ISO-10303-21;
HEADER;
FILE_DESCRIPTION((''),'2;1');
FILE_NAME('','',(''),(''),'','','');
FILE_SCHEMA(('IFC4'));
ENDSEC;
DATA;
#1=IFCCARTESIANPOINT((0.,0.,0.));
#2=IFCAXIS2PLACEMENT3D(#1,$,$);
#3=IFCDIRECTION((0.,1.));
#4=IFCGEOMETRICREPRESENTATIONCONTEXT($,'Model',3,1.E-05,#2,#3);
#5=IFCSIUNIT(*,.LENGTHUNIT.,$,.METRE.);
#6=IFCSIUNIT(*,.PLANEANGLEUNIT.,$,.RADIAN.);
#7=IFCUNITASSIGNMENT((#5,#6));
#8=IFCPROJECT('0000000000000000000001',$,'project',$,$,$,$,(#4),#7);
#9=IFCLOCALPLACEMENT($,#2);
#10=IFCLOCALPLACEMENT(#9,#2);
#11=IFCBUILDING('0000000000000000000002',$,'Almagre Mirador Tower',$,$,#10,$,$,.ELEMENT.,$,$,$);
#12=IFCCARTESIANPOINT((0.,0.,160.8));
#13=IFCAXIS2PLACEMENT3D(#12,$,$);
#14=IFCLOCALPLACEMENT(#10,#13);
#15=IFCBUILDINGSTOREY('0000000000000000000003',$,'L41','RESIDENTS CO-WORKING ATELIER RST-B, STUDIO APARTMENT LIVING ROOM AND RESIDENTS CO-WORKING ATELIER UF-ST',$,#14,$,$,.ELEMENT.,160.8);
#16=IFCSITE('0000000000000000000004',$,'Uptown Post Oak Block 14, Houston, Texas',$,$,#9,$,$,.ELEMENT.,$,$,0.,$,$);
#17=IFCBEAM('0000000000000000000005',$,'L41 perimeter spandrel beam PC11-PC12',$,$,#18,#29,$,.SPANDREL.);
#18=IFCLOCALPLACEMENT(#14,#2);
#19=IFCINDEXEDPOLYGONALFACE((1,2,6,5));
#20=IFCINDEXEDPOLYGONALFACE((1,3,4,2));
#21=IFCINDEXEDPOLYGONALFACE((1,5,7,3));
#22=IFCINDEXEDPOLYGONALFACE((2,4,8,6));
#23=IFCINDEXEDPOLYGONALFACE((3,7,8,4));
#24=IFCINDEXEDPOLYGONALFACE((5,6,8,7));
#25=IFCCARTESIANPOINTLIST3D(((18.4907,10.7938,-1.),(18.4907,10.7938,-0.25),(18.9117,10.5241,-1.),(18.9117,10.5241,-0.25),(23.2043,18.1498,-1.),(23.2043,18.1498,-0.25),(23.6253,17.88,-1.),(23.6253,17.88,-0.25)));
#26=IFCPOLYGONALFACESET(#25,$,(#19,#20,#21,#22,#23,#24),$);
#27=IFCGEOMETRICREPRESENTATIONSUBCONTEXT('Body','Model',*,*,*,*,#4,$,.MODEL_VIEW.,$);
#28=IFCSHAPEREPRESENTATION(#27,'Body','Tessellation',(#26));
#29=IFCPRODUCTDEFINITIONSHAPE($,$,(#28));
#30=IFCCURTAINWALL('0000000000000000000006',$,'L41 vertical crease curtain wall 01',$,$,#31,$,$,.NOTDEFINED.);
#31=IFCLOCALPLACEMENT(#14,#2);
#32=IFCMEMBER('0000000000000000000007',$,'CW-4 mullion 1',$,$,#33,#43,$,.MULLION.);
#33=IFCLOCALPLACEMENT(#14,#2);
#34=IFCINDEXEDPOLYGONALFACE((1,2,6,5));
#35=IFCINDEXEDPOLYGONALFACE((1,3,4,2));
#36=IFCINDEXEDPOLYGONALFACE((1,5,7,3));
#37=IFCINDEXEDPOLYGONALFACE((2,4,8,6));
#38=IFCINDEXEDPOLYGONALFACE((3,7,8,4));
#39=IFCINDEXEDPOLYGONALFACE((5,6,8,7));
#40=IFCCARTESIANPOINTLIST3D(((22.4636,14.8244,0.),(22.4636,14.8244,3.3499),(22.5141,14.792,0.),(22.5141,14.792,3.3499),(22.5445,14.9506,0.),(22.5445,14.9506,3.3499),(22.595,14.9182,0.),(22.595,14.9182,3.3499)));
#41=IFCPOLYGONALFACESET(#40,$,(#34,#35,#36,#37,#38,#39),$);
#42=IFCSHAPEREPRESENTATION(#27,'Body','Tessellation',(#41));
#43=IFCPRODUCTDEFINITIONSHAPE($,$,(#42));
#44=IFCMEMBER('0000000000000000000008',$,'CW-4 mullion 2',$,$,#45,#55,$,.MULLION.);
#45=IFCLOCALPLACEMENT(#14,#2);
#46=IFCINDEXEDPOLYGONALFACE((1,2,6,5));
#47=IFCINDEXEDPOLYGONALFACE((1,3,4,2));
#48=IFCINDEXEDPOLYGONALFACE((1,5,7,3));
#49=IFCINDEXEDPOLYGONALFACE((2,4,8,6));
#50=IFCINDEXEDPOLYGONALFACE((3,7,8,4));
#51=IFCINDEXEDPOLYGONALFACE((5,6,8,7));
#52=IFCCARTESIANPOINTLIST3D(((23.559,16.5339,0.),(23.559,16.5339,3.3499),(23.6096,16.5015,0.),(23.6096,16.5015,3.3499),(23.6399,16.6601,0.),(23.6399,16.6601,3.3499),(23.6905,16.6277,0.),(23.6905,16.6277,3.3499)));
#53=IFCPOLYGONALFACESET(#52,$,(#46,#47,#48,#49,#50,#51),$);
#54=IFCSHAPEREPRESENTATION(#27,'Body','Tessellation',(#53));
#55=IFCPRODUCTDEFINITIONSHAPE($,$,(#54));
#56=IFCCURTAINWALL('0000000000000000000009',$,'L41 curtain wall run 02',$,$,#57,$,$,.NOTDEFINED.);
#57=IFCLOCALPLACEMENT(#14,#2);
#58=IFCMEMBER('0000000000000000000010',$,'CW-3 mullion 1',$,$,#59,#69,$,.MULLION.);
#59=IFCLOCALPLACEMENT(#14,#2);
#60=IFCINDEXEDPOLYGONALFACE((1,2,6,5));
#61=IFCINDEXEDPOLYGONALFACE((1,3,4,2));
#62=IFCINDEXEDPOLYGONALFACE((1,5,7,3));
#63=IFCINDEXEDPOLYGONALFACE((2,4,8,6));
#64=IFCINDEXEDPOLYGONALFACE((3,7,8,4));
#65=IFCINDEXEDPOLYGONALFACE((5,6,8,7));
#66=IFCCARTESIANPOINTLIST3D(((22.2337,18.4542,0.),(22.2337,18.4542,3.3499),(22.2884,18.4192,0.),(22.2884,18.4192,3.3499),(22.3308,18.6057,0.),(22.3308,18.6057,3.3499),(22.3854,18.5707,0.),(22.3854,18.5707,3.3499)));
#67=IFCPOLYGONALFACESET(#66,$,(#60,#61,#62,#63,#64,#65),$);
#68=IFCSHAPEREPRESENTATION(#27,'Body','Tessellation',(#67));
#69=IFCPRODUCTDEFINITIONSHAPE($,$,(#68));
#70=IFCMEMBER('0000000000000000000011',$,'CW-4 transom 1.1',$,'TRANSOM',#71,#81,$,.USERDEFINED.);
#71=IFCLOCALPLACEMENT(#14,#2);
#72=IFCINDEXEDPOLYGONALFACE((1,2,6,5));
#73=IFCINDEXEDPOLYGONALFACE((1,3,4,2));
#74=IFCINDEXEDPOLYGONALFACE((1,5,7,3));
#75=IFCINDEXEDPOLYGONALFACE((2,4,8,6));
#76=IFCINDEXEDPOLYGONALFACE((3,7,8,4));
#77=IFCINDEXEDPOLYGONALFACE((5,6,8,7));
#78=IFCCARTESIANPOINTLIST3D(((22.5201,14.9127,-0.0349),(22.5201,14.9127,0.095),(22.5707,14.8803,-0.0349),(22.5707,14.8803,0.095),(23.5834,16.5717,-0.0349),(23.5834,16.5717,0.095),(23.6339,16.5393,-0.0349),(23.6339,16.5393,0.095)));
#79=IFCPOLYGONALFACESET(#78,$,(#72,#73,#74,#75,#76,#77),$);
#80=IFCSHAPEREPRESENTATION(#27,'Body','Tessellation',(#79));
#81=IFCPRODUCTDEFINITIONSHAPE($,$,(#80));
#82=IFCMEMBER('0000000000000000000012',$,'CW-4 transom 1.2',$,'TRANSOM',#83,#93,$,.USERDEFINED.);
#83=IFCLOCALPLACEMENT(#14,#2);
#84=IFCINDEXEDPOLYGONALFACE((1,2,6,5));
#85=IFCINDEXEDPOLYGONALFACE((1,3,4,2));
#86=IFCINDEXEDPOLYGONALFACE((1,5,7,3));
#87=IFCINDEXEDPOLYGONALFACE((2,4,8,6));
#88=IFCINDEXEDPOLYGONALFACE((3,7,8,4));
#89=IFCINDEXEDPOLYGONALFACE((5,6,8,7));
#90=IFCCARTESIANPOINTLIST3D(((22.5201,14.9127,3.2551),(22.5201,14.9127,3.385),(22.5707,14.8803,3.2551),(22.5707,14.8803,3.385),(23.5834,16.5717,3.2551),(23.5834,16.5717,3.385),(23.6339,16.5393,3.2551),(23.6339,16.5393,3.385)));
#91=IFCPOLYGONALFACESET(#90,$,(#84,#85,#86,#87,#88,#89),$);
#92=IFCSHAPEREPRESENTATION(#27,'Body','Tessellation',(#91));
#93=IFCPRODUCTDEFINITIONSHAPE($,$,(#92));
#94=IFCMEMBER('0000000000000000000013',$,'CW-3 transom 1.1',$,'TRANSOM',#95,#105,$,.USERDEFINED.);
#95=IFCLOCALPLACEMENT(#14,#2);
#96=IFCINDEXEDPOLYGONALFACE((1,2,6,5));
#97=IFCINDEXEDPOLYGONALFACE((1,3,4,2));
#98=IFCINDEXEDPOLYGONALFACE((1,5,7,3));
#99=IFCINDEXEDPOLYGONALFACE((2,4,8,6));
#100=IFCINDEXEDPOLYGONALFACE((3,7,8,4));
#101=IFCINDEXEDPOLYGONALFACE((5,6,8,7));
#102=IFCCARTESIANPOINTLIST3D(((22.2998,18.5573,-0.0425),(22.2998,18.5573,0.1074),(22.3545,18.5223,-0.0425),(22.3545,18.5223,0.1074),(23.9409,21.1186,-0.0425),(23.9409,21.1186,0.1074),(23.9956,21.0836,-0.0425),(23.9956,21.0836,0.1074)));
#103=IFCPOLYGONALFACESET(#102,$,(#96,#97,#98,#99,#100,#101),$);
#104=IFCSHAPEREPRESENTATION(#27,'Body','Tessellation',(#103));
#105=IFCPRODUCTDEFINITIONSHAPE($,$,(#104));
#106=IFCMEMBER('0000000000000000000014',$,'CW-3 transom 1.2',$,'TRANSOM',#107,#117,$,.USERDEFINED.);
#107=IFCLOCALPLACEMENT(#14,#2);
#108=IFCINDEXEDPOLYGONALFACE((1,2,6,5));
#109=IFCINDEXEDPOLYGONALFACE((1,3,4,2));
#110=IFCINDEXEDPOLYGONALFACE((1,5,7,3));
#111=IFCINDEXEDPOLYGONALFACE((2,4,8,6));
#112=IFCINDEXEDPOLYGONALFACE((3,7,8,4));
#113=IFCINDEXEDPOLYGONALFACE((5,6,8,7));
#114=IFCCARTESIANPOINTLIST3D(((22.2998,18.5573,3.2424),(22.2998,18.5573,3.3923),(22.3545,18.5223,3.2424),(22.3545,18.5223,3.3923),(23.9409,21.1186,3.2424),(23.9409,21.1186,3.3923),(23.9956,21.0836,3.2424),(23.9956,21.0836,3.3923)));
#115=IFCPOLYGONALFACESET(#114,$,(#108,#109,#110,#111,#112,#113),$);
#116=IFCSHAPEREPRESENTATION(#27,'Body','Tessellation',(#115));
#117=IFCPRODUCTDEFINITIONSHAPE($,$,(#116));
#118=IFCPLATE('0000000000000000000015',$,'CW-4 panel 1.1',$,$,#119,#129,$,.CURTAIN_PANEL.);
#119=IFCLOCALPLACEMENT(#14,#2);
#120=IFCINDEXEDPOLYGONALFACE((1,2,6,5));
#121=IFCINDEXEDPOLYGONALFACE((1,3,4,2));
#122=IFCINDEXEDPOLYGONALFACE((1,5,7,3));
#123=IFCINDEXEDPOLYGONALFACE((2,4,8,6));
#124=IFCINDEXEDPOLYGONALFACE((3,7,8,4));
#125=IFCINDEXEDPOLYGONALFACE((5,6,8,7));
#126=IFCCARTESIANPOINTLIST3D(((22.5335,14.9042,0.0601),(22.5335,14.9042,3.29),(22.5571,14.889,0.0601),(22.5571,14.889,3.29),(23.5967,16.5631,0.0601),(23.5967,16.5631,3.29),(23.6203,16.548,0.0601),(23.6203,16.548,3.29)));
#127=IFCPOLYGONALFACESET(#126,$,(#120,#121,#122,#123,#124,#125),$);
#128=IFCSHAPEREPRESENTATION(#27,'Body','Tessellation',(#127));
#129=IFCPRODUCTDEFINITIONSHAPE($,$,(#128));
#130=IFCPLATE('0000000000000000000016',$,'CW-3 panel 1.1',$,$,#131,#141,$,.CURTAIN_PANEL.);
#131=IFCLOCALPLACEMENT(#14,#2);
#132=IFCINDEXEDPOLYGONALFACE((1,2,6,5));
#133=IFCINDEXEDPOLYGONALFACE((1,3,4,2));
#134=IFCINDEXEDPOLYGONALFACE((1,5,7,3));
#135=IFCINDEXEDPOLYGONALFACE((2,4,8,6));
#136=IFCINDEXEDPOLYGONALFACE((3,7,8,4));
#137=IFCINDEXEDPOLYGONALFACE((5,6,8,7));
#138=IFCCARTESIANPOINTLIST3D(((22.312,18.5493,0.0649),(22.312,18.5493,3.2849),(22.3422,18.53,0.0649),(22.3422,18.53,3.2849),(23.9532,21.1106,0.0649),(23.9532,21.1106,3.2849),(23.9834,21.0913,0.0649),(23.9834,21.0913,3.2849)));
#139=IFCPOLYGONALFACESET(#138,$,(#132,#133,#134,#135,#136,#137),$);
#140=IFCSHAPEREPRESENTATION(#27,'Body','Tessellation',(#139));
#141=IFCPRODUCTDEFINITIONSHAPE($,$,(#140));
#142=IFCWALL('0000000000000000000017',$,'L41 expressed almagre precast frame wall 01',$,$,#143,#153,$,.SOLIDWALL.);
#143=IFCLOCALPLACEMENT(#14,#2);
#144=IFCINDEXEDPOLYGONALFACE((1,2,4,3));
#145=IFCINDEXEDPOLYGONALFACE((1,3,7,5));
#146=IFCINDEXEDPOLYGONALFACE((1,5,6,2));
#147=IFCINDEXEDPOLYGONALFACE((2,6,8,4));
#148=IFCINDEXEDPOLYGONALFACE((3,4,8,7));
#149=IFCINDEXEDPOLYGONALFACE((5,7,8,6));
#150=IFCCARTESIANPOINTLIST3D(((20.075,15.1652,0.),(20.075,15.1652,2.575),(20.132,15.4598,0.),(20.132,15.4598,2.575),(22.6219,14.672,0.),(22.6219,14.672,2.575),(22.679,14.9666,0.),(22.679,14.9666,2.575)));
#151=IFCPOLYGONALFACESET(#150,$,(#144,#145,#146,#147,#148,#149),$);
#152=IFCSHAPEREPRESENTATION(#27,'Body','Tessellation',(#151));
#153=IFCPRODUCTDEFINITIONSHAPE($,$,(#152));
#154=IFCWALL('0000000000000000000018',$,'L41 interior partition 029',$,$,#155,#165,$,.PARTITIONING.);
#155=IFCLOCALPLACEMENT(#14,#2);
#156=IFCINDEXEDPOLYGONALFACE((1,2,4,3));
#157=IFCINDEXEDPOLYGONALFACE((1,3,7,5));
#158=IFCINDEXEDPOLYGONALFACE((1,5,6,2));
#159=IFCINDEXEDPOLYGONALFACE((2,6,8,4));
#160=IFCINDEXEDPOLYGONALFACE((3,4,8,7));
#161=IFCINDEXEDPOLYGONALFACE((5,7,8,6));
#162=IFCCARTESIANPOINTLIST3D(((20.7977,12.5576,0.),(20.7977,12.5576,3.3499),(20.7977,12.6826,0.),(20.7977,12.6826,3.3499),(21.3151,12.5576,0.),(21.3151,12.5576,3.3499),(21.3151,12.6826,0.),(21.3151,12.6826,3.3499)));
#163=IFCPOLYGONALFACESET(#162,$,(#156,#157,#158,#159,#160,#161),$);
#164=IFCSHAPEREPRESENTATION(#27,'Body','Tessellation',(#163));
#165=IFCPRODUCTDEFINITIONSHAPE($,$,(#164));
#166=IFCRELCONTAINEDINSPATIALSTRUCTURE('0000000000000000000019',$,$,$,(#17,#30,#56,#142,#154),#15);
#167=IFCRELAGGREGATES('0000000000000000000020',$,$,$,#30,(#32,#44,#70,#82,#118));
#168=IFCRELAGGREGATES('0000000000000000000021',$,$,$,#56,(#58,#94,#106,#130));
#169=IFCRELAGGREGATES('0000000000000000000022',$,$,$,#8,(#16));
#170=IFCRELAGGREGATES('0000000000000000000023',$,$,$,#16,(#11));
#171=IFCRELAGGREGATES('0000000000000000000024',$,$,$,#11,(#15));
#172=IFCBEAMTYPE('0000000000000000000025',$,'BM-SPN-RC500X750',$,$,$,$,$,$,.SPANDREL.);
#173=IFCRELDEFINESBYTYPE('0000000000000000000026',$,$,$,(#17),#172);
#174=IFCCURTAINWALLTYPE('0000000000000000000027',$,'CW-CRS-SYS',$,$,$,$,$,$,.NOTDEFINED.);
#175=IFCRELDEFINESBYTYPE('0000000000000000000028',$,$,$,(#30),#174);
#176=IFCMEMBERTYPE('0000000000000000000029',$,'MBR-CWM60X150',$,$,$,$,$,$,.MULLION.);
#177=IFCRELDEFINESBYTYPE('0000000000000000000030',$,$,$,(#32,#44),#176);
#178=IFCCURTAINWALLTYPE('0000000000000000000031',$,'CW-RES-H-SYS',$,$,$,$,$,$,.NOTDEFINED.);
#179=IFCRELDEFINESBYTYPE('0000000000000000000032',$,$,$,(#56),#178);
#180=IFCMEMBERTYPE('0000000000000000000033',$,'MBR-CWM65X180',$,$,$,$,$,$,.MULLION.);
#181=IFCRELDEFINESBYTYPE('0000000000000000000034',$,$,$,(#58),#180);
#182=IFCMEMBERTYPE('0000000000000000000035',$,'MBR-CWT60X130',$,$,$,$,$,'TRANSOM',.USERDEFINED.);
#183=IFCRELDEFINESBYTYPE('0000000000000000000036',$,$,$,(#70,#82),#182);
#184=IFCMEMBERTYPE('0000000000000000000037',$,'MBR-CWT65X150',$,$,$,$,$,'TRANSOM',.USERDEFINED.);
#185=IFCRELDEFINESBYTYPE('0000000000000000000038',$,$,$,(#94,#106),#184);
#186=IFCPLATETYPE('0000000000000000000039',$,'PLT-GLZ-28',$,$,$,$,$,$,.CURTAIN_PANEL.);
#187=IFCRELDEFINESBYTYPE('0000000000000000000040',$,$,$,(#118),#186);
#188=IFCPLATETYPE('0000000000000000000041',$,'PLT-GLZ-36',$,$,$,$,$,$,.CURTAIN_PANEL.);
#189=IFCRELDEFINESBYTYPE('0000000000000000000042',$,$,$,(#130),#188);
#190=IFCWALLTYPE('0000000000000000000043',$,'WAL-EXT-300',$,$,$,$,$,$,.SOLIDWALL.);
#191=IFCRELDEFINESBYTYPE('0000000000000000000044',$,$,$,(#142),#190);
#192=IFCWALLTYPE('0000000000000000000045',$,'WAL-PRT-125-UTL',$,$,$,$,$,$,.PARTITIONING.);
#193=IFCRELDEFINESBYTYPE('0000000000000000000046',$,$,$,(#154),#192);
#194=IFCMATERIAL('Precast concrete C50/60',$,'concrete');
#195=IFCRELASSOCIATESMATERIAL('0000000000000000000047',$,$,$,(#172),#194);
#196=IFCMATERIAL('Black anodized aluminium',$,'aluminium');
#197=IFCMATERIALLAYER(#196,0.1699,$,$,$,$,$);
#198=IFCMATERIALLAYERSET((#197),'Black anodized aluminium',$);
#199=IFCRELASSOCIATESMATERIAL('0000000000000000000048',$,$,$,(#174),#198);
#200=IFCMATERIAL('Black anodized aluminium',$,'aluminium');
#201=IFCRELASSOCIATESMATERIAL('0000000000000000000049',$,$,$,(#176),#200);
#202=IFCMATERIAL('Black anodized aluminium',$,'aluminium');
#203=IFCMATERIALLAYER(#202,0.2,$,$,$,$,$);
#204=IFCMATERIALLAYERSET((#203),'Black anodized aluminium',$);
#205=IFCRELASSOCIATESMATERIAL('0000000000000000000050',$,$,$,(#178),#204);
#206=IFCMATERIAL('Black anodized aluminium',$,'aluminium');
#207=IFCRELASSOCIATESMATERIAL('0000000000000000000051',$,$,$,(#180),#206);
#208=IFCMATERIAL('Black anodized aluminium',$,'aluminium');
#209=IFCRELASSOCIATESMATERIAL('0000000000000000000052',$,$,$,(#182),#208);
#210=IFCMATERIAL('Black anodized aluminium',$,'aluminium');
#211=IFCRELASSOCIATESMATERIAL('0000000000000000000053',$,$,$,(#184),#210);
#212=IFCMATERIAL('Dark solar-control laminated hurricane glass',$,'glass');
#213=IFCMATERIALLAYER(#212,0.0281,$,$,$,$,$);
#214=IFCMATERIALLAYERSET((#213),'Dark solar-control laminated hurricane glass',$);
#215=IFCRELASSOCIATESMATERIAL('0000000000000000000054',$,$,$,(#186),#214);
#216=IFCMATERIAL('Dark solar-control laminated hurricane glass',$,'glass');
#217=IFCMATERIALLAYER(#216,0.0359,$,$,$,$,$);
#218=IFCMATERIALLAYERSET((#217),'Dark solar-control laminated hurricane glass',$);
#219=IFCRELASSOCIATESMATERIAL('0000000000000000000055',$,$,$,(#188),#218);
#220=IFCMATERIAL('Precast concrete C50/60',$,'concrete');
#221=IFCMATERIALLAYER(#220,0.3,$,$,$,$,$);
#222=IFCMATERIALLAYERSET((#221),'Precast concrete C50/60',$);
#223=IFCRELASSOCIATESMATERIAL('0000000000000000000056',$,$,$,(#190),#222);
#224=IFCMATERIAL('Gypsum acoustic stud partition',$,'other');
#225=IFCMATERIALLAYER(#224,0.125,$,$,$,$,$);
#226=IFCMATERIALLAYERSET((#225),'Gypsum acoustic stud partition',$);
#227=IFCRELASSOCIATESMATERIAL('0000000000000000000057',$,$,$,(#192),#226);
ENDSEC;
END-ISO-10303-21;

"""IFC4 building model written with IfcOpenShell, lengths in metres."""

from ifc_helpers import new_model, si_unit, direction, frame, frame_2d, origin, origin_2d, place, context, subcontext, project, spatial, rectangle, extrude, material, layer, layer_set, material_profile, profile_set, type_object, element, aggregate, save


model = new_model("IFC4")

# Units and contexts
model_context = context("Model", 3, precision=1e-05, world=origin(), true_north=direction((0.0, 1.0)))
body_context = subcontext(model_context, "Body", "Model", "MODEL_VIEW")
ifc_project = project(units=[si_unit("LENGTHUNIT", "METRE"), si_unit("PLANEANGLEUNIT", "RADIAN")], contexts=[model_context])

# Site, building, storey
site_placement = place(None, origin())
site = spatial("IfcSite", under=ifc_project, at=site_placement, Name="Uptown Post Oak Block 14, Houston, Texas", CompositionType="ELEMENT", RefElevation=0.0)
building_placement = place(site_placement, origin())
building = spatial("IfcBuilding", under=site, at=building_placement, Name="Almagre Mirador Tower", CompositionType="ELEMENT")
storey_placement = place(building_placement, frame((0.0, 0.0, 160.8)))
storey = spatial("IfcBuildingStorey", under=building, at=storey_placement, Name="L41", Description="RESIDENTS CO-WORKING ATELIER RST-B, STUDIO APARTMENT LIVING ROOM AND RESIDENTS CO-WORKING ATELIER UF-ST", CompositionType="ELEMENT", Elevation=160.8)

# Beam
ifc_material_1 = material(Name="Precast concrete C50/60", Category="concrete")
ifc_material_profile_1 = material_profile(ifc_material_1, rectangle(XDim=0.5, YDim=0.75, at=origin_2d()), Name="RC500X750")
ifc_profile_set_1 = profile_set([ifc_material_profile_1], Name="Precast concrete C50/60")
beam_type = type_object("IfcBeamType", Name="BM-SPN-RC500X750", PredefinedType="SPANDREL", material=ifc_profile_set_1)
beam_placement = place(storey_placement, frame((23.4148, 18.0149, -0.625), z_axis=(-0.539525, -0.841969, 0.0), x_axis=(0.841969, -0.539525, 0.0)))
element("IfcBeam", 1, at=beam_placement, inside=storey, type_object=beam_type, Name="L41 perimeter spandrel beam PC11-PC12", PredefinedType="SPANDREL", context=body_context, shape_type="SweptSolid", body=[
    extrude(rectangle(XDim=0.5, YDim=0.75, at=origin_2d()), origin(), (0.0, 0.0, 1.0), 8.7366),
])

# Curtain wall, members
ifc_material_2 = material(Name="Black anodized aluminium", Category="aluminium")
ifc_layer_1 = layer(ifc_material_2, 0.1699)
ifc_layer_set_1 = layer_set([ifc_layer_1], Name="Black anodized aluminium")
curtain_wall_type_1 = type_object("IfcCurtainWallType", Name="CW-CRS-SYS", PredefinedType="NOTDEFINED", material=ifc_layer_set_1)
curtain_wall_1_placement = place(storey_placement, origin())
curtain_wall_1 = element("IfcCurtainWall", 2, at=curtain_wall_1_placement, inside=storey, type_object=curtain_wall_type_1, Name="L41 vertical crease curtain wall 01", PredefinedType="NOTDEFINED")
ifc_material_3 = material(Name="Black anodized aluminium", Category="aluminium")
ifc_material_profile_2 = material_profile(ifc_material_3, rectangle(XDim=0.0601, YDim=0.1499, at=origin_2d()), Name="CWM60X150")
ifc_profile_set_2 = profile_set([ifc_material_profile_2], Name="Black anodized aluminium")
member_type_1 = type_object("IfcMemberType", Name="MBR-CWM60X150", PredefinedType="MULLION", material=ifc_profile_set_2)
member_1_placement = place(storey_placement, frame((22.5293, 14.8713, 0.0), z_axis=(0.0, 0.0, 1.0), x_axis=(-0.841924, 0.539597, 0.0)))
member_1 = element("IfcMember", 3, at=member_1_placement, type_object=member_type_1, Name="CW-4 mullion 1", PredefinedType="MULLION", context=body_context, shape_type="SweptSolid", body=[
    extrude(rectangle(XDim=0.0601, YDim=0.1499, at=origin_2d()), origin(), (0.0, 0.0, 1.0), 3.3499),
])
member_2_placement = place(storey_placement, frame((23.6248, 16.5808, 0.0), z_axis=(0.0, 0.0, 1.0), x_axis=(-0.841924, 0.539597, 0.0)))
member_2 = element("IfcMember", 4, at=member_2_placement, type_object=member_type_1, Name="CW-4 mullion 2", PredefinedType="MULLION", context=body_context, shape_type="SweptSolid", body=[
    extrude(rectangle(XDim=0.0601, YDim=0.1499, at=origin_2d()), origin(), (0.0, 0.0, 1.0), 3.3499),
])

# Curtain wall, member
ifc_material_4 = material(Name="Black anodized aluminium", Category="aluminium")
ifc_layer_2 = layer(ifc_material_4, 0.2)
ifc_layer_set_2 = layer_set([ifc_layer_2], Name="Black anodized aluminium")
curtain_wall_type_2 = type_object("IfcCurtainWallType", Name="CW-RES-H-SYS", PredefinedType="NOTDEFINED", material=ifc_layer_set_2)
curtain_wall_2_placement = place(storey_placement, origin())
curtain_wall_2 = element("IfcCurtainWall", 5, at=curtain_wall_2_placement, inside=storey, type_object=curtain_wall_type_2, Name="L41 curtain wall run 02", PredefinedType="NOTDEFINED")
ifc_material_5 = material(Name="Black anodized aluminium", Category="aluminium")
ifc_material_profile_3 = material_profile(ifc_material_5, rectangle(XDim=0.0649, YDim=0.1799, at=origin_2d()), Name="CWM65X180")
ifc_profile_set_3 = profile_set([ifc_material_profile_3], Name="Black anodized aluminium")
member_type_2 = type_object("IfcMemberType", Name="MBR-CWM65X180", PredefinedType="MULLION", material=ifc_profile_set_3)
member_3_placement = place(storey_placement, frame((22.3096, 18.5125, 0.0), z_axis=(0.0, 0.0, 1.0), x_axis=(-0.841981, 0.539507, 0.0)))
member_3 = element("IfcMember", 6, at=member_3_placement, type_object=member_type_2, Name="CW-3 mullion 1", PredefinedType="MULLION", context=body_context, shape_type="SweptSolid", body=[
    extrude(rectangle(XDim=0.0649, YDim=0.1799, at=origin_2d()), origin(), (0.0, 0.0, 1.0), 3.3499),
])

# Members
ifc_material_6 = material(Name="Black anodized aluminium", Category="aluminium")
ifc_material_profile_4 = material_profile(ifc_material_6, rectangle(XDim=0.0601, YDim=0.1299, at=origin_2d()), Name="CWT60X130")
ifc_profile_set_4 = profile_set([ifc_material_profile_4], Name="Black anodized aluminium")
member_type_3 = type_object("IfcMemberType", Name="MBR-CWT60X130", ElementType="TRANSOM", PredefinedType="USERDEFINED", material=ifc_profile_set_4)
member_4_placement = place(storey_placement, frame((22.5454, 14.8965, 0.03), z_axis=(0.539599, 0.841922, 0.0), x_axis=(-0.841922, 0.539599, 0.0)))
member_4 = element("IfcMember", 7, at=member_4_placement, type_object=member_type_3, Name="CW-4 transom 1.1", ObjectType="TRANSOM", PredefinedType="USERDEFINED", context=body_context, shape_type="SweptSolid", body=[
    extrude(rectangle(XDim=0.0601, YDim=0.1299, at=origin_2d()), origin(), (0.0, 0.0, 1.0), 1.9705),
])
member_5_placement = place(storey_placement, frame((22.5454, 14.8965, 3.3201), z_axis=(0.539599, 0.841922, 0.0), x_axis=(-0.841922, 0.539599, 0.0)))
member_5 = element("IfcMember", 8, at=member_5_placement, type_object=member_type_3, Name="CW-4 transom 1.2", ObjectType="TRANSOM", PredefinedType="USERDEFINED", context=body_context, shape_type="SweptSolid", body=[
    extrude(rectangle(XDim=0.0601, YDim=0.1299, at=origin_2d()), origin(), (0.0, 0.0, 1.0), 1.9705),
])
ifc_material_7 = material(Name="Black anodized aluminium", Category="aluminium")
ifc_material_profile_5 = material_profile(ifc_material_7, rectangle(XDim=0.0649, YDim=0.1499, at=origin_2d()), Name="CWT65X150")
ifc_profile_set_5 = profile_set([ifc_material_profile_5], Name="Black anodized aluminium")
member_type_4 = type_object("IfcMemberType", Name="MBR-CWT65X150", ElementType="TRANSOM", PredefinedType="USERDEFINED", material=ifc_profile_set_5)
member_6_placement = place(storey_placement, frame((22.3271, 18.5398, 0.0325), z_axis=(0.539495, 0.841989, 0.0), x_axis=(-0.841989, 0.539495, 0.0)))
member_6 = element("IfcMember", 9, at=member_6_placement, type_object=member_type_4, Name="CW-3 transom 1.1", ObjectType="TRANSOM", PredefinedType="USERDEFINED", context=body_context, shape_type="SweptSolid", body=[
    extrude(rectangle(XDim=0.0649, YDim=0.1499, at=origin_2d()), origin(), (0.0, 0.0, 1.0), 3.042),
])
member_7_placement = place(storey_placement, frame((22.3271, 18.5398, 3.3174), z_axis=(0.539495, 0.841989, 0.0), x_axis=(-0.841989, 0.539495, 0.0)))
member_7 = element("IfcMember", 10, at=member_7_placement, type_object=member_type_4, Name="CW-3 transom 1.2", ObjectType="TRANSOM", PredefinedType="USERDEFINED", context=body_context, shape_type="SweptSolid", body=[
    extrude(rectangle(XDim=0.0649, YDim=0.1499, at=origin_2d()), origin(), (0.0, 0.0, 1.0), 3.042),
])

# Plates
ifc_material_8 = material(Name="Dark solar-control laminated hurricane glass", Category="glass")
ifc_layer_3 = layer(ifc_material_8, 0.0281)
ifc_layer_set_3 = layer_set([ifc_layer_3], Name="Dark solar-control laminated hurricane glass")
plate_type_1 = type_object("IfcPlateType", Name="PLT-GLZ-28", PredefinedType="CURTAIN_PANEL", material=ifc_layer_set_3)
plate_1_placement = place(storey_placement, frame((23.0769, 15.7261, 0.0601), z_axis=(0.0, 0.0, 1.0), x_axis=(0.539597, 0.841924, 0.0)))
plate_1 = element("IfcPlate", 11, at=plate_1_placement, type_object=plate_type_1, Name="CW-4 panel 1.1", PredefinedType="CURTAIN_PANEL", context=body_context, shape_type="SweptSolid", body=[
    extrude(rectangle(XDim=1.9705, YDim=0.0281, at=origin_2d()), origin(), (0.0, 0.0, 1.0), 3.23),
])
aggregate(curtain_wall_1, [member_1, member_2, member_4, member_5, plate_1])
ifc_material_9 = material(Name="Dark solar-control laminated hurricane glass", Category="glass")
ifc_layer_4 = layer(ifc_material_9, 0.0359)
ifc_layer_set_4 = layer_set([ifc_layer_4], Name="Dark solar-control laminated hurricane glass")
plate_type_2 = type_object("IfcPlateType", Name="PLT-GLZ-36", PredefinedType="CURTAIN_PANEL", material=ifc_layer_set_4)
plate_2_placement = place(storey_placement, frame((23.1477, 19.8203, 0.0649), z_axis=(0.0, 0.0, 1.0), x_axis=(0.539507, 0.841981, 0.0)))
plate_2 = element("IfcPlate", 12, at=plate_2_placement, type_object=plate_type_2, Name="CW-3 panel 1.1", PredefinedType="CURTAIN_PANEL", context=body_context, shape_type="SweptSolid", body=[
    extrude(rectangle(XDim=3.042, YDim=0.0359, at=origin_2d()), origin(), (0.0, 0.0, 1.0), 3.22),
])
aggregate(curtain_wall_2, [member_3, member_6, member_7, plate_2])

# Walls
ifc_material_10 = material(Name="Precast concrete C50/60", Category="concrete")
ifc_layer_5 = layer(ifc_material_10, 0.3)
ifc_layer_set_5 = layer_set([ifc_layer_5], Name="Precast concrete C50/60")
wall_type_1 = type_object("IfcWallType", Name="WAL-EXT-300", PredefinedType="SOLIDWALL", material=ifc_layer_set_5)
wall_1_placement = place(storey_placement, frame((20.1035, 15.3125, 0.0), z_axis=(0.0, 0.0, 1.0), x_axis=(0.981764, -0.190104, 0.0)))
element("IfcWall", 13, at=wall_1_placement, inside=storey, type_object=wall_type_1, Name="L41 expressed almagre precast frame wall 01", PredefinedType="SOLIDWALL", context=body_context, shape_type="SweptSolid", body=[
    extrude(rectangle(XDim=2.5942, YDim=0.3, at=frame_2d((1.2971, 0.0))), origin(), (0.0, 0.0, 1.0), 2.575),
])
ifc_material_11 = material(Name="Gypsum acoustic stud partition", Category="other")
ifc_layer_6 = layer(ifc_material_11, 0.125)
ifc_layer_set_6 = layer_set([ifc_layer_6], Name="Gypsum acoustic stud partition")
wall_type_2 = type_object("IfcWallType", Name="WAL-PRT-125-UTL", PredefinedType="PARTITIONING", material=ifc_layer_set_6)
wall_2_placement = place(storey_placement, frame((20.7976, 12.6201, 0.0), z_axis=(0.0, 0.0, 1.0), x_axis=(1.0, 0.0, 0.0)))
element("IfcWall", 14, at=wall_2_placement, inside=storey, type_object=wall_type_2, Name="L41 interior partition 029", PredefinedType="PARTITIONING", context=body_context, shape_type="SweptSolid", body=[
    extrude(rectangle(XDim=0.5173, YDim=0.125, at=frame_2d((0.2588, 0.0))), origin(), (0.0, 0.0, 1.0), 3.3499),
])

save(model, "model.ifc")
